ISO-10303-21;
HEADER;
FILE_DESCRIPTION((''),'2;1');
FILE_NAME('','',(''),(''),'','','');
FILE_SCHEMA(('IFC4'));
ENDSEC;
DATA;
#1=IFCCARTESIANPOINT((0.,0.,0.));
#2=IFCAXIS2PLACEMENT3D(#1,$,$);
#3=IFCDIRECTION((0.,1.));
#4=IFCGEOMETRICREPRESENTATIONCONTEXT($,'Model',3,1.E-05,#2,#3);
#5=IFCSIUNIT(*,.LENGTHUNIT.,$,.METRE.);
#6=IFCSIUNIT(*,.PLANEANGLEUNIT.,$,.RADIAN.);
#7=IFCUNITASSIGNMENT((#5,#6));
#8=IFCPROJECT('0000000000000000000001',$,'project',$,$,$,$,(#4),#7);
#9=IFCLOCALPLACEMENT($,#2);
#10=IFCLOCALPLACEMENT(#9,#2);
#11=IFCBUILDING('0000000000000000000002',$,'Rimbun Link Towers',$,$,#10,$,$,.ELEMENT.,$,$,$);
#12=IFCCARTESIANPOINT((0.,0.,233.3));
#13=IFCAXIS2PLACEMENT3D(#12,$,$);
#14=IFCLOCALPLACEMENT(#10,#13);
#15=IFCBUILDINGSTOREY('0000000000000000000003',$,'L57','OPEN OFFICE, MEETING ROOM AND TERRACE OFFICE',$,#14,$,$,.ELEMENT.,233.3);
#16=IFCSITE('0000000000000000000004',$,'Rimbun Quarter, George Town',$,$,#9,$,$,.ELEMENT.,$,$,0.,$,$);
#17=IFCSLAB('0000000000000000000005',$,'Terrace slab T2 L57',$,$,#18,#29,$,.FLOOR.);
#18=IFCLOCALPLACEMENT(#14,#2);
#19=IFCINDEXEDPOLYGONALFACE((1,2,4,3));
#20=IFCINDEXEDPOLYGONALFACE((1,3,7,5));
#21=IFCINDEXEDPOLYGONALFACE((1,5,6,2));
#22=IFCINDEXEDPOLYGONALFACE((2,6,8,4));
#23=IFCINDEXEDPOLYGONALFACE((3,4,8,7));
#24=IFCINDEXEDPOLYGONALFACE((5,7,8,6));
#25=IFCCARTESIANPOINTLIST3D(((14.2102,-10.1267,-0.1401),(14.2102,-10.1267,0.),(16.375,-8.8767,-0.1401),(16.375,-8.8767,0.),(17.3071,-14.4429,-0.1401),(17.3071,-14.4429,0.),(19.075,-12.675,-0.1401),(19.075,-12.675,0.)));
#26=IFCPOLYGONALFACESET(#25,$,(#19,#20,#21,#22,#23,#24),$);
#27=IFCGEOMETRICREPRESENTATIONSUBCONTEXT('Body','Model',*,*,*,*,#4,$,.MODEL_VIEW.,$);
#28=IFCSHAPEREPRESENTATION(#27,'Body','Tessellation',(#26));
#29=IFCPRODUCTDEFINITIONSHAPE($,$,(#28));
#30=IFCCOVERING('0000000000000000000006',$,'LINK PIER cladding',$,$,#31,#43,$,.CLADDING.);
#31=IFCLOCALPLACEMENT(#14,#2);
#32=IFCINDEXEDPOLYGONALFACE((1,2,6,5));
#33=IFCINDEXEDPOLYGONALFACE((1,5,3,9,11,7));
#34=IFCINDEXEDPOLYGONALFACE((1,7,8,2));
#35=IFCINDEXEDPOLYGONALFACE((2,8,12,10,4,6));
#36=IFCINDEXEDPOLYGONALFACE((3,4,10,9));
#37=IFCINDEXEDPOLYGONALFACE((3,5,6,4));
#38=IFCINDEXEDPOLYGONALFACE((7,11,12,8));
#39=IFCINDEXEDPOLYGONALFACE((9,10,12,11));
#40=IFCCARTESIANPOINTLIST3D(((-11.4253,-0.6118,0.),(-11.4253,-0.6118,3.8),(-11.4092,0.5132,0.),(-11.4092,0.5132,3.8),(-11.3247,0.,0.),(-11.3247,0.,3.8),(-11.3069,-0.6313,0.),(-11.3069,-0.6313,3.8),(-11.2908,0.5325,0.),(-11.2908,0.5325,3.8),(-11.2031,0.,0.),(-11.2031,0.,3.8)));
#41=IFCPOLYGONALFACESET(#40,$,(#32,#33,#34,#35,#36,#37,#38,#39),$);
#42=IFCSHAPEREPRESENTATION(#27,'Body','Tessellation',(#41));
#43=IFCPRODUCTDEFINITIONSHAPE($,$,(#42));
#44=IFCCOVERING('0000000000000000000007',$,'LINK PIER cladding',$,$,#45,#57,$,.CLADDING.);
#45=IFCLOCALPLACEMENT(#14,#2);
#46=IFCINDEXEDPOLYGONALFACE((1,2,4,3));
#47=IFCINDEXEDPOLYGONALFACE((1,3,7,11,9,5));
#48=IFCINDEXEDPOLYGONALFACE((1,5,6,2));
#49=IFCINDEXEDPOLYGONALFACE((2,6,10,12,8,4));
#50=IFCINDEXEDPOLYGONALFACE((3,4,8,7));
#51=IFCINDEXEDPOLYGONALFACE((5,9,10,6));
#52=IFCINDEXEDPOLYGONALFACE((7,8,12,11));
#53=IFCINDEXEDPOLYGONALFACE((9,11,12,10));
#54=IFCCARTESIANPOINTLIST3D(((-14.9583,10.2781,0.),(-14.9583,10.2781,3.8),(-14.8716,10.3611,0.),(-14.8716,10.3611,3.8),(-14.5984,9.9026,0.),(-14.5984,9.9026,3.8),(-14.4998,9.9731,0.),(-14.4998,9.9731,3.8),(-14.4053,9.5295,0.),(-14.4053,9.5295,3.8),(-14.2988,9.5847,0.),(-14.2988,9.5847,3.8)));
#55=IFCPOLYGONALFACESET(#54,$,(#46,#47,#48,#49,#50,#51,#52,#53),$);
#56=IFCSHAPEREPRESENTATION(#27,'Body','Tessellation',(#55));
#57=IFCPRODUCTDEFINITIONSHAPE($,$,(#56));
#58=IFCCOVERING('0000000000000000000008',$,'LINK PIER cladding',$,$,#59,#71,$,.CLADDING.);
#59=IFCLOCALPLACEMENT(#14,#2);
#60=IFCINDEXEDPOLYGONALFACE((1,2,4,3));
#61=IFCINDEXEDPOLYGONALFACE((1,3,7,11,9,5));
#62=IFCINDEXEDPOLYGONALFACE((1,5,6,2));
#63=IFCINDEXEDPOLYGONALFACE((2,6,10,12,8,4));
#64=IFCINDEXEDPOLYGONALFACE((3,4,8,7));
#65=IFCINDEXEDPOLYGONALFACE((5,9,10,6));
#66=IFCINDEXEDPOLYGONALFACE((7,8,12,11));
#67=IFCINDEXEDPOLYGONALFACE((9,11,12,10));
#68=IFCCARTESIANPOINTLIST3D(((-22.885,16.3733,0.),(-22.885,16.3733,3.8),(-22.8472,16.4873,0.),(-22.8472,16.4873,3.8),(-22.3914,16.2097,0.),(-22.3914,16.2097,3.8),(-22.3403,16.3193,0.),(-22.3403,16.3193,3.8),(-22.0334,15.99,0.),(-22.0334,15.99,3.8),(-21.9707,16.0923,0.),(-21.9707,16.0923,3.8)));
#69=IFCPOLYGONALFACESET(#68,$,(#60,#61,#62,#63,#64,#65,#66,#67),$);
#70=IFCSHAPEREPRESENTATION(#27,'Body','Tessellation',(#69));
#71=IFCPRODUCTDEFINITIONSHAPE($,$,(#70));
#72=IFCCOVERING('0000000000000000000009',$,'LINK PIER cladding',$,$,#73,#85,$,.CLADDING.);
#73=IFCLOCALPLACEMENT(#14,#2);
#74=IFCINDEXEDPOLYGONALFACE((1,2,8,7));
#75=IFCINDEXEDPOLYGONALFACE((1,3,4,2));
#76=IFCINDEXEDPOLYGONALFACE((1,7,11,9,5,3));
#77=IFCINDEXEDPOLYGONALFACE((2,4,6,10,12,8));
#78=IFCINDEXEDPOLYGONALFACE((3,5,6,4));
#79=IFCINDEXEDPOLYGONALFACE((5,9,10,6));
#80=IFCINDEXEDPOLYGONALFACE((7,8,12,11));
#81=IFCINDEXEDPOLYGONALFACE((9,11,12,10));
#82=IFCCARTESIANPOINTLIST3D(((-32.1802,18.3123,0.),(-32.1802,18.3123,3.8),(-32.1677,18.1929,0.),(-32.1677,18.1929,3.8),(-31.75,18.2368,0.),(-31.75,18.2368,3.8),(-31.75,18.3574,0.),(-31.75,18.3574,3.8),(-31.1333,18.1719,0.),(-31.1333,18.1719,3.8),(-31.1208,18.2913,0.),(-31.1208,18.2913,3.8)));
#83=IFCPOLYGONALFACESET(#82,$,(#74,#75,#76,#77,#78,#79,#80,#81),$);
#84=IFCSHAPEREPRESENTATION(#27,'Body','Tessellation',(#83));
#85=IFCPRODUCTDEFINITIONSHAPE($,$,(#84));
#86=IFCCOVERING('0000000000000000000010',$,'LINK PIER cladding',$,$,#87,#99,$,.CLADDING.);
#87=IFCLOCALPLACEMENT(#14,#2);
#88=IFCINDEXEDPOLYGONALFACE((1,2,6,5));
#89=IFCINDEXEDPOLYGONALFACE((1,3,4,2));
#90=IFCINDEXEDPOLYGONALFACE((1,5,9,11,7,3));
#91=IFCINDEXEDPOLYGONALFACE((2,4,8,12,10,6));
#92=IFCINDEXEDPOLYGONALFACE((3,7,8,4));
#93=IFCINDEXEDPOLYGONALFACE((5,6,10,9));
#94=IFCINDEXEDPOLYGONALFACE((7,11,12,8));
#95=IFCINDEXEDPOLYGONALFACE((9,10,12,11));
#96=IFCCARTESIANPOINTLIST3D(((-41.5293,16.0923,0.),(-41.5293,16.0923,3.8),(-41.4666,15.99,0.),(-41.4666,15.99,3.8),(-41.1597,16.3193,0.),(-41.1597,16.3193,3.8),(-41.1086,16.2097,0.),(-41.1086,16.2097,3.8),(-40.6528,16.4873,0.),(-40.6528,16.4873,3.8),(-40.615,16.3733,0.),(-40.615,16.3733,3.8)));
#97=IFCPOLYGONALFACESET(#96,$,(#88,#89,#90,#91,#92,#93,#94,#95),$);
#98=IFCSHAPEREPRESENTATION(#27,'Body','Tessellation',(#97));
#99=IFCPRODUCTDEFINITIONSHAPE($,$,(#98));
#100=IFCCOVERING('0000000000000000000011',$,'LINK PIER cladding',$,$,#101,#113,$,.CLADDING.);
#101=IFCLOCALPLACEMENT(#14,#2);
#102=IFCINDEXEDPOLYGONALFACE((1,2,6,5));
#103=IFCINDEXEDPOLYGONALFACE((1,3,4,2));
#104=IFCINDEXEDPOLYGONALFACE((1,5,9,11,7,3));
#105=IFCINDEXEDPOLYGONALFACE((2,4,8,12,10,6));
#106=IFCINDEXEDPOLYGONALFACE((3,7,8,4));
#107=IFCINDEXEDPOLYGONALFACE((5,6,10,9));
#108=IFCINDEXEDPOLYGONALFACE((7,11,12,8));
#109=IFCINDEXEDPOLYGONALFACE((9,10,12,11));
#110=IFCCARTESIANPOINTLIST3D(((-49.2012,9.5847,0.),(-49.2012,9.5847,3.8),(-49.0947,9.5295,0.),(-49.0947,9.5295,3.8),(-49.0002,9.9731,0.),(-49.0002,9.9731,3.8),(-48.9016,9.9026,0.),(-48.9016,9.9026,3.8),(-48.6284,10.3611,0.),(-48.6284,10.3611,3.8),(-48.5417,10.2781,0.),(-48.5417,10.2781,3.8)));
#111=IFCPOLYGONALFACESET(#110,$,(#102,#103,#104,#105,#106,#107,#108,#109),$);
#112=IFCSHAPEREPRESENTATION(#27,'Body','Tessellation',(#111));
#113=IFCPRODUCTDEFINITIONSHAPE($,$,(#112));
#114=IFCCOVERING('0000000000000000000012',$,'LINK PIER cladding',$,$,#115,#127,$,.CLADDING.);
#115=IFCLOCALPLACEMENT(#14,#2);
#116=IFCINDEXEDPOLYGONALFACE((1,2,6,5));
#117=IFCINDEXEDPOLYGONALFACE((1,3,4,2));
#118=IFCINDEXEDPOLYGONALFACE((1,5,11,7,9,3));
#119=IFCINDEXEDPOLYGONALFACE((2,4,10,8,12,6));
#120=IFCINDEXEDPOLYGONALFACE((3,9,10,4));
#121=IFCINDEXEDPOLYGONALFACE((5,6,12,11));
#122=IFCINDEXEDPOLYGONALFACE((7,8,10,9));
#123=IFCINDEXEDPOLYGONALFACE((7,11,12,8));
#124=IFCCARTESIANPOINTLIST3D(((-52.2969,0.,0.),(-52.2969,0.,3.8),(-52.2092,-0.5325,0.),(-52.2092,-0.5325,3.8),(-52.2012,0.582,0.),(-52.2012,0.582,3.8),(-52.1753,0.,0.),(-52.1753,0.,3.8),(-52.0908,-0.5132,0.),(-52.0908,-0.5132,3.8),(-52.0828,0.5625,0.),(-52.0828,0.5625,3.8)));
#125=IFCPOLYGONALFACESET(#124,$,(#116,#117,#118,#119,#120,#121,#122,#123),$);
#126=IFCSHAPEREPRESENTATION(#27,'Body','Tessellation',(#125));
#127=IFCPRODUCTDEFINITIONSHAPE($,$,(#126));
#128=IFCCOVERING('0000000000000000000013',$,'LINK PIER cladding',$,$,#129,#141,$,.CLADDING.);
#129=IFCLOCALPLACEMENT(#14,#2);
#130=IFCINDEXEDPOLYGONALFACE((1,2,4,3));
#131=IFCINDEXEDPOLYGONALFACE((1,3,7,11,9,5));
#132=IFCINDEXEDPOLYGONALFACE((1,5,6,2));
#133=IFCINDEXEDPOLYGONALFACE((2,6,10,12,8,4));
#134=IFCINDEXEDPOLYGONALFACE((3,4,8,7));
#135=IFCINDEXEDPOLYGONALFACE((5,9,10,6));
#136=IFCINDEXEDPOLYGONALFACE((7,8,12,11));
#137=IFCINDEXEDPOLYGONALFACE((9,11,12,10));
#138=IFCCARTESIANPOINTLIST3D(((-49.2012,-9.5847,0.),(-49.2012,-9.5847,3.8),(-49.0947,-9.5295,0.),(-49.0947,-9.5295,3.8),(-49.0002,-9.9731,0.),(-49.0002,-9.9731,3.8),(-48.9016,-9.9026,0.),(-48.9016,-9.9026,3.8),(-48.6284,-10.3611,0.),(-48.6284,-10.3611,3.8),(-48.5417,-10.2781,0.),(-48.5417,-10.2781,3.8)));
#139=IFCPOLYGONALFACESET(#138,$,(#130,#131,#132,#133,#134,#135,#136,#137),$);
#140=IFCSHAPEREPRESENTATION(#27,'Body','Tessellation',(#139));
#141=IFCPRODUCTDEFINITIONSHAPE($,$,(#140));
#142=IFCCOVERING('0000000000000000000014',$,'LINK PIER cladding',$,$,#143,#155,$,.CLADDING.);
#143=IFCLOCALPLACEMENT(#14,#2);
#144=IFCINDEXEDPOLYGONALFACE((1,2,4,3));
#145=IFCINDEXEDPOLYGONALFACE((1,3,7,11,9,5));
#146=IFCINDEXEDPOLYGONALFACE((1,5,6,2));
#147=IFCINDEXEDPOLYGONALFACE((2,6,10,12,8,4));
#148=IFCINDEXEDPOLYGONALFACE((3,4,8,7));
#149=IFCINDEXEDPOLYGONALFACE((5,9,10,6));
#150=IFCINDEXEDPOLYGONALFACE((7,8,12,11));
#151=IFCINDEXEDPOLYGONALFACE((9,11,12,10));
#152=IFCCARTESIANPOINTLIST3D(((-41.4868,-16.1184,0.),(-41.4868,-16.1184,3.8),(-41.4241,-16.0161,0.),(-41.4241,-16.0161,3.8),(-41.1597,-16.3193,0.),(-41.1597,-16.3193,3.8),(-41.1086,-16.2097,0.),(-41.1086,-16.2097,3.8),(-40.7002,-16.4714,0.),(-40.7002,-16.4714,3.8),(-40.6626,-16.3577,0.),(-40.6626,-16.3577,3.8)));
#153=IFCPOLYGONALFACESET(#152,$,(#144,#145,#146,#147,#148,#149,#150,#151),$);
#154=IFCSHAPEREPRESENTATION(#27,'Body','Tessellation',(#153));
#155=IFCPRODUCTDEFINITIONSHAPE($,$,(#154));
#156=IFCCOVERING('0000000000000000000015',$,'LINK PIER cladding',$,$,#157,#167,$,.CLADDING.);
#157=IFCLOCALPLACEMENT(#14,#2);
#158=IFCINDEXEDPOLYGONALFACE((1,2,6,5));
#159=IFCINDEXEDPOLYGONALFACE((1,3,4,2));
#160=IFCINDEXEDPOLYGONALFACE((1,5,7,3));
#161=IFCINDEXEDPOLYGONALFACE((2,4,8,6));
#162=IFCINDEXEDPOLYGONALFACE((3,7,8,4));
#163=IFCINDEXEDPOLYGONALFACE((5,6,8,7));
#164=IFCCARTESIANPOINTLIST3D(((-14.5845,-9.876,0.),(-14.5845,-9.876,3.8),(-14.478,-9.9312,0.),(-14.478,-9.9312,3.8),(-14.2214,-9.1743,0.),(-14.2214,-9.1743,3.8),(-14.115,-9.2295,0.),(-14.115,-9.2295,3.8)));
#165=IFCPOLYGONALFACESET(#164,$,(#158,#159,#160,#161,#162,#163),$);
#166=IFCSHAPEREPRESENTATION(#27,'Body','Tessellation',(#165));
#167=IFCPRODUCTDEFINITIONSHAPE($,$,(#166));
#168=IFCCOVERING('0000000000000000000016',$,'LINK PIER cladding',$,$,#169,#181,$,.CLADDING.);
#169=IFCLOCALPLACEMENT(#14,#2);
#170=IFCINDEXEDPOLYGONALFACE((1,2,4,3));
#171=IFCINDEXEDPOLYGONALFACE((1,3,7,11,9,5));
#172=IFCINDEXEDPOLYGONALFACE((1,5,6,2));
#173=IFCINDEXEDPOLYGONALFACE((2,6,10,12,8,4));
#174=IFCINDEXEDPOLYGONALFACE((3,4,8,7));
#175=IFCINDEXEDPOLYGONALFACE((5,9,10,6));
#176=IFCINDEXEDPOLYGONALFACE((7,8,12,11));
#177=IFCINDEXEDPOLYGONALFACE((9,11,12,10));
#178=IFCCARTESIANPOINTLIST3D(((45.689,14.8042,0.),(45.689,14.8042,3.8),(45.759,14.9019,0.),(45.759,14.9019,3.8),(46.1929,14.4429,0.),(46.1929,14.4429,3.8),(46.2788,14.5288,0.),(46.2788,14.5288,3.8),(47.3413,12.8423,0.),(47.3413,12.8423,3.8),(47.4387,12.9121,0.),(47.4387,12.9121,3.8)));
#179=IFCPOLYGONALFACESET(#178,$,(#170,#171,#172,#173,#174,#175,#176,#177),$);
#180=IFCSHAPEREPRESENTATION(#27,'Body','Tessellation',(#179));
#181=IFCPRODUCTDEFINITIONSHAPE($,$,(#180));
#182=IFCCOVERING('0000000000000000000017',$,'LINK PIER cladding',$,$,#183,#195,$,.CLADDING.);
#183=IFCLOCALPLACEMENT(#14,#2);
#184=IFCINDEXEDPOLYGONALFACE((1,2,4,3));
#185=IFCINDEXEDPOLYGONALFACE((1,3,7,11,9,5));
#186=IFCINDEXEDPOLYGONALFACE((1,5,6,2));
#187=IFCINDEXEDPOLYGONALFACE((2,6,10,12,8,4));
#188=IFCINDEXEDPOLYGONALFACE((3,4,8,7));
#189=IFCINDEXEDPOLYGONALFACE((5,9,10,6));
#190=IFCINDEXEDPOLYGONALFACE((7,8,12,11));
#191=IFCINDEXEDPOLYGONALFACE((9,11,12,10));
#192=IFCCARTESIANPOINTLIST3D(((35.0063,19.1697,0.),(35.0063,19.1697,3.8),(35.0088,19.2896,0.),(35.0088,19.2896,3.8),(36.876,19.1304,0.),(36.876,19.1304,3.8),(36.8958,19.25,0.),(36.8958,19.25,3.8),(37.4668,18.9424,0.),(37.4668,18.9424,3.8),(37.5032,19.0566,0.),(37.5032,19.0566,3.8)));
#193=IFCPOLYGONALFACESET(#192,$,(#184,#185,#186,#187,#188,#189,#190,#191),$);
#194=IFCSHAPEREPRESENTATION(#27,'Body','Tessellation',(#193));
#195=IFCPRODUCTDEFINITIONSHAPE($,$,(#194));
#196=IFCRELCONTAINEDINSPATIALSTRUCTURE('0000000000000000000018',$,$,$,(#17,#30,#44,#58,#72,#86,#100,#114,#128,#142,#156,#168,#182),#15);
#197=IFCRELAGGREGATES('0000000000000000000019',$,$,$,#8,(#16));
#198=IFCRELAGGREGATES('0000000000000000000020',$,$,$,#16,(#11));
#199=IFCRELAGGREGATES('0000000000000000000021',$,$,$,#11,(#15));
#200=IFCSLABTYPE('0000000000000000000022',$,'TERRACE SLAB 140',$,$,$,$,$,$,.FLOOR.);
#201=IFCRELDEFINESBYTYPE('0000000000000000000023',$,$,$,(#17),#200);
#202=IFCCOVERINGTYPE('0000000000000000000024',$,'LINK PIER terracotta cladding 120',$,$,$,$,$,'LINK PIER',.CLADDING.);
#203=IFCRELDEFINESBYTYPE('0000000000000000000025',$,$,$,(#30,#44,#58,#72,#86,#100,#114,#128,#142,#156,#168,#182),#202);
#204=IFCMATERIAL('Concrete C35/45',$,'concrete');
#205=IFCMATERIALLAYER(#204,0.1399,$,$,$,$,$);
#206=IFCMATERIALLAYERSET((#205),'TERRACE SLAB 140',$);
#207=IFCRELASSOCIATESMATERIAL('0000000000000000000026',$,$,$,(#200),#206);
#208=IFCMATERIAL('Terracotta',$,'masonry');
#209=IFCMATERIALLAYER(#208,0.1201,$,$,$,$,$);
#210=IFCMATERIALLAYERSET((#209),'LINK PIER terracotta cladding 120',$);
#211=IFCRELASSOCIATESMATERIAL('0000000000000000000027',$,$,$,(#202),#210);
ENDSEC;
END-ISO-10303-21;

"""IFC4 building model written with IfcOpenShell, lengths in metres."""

from ifc_helpers import new_model, si_unit, direction, frame, origin, place, context, subcontext, project, spatial, polyline, outline, extrude, material, layer, layer_set, type_object, element, save


model = new_model("IFC4")

# Units and contexts
model_context = context("Model", 3, precision=1e-05, world=origin(), true_north=direction((0.0, 1.0)))
body_context = subcontext(model_context, "Body", "Model", "MODEL_VIEW")
ifc_project = project(units=[si_unit("LENGTHUNIT", "METRE"), si_unit("PLANEANGLEUNIT", "RADIAN")], contexts=[model_context])

# Site, building, storey
site_placement = place(None, origin())
site = spatial("IfcSite", under=ifc_project, at=site_placement, Name="Rimbun Quarter, George Town", CompositionType="ELEMENT", RefElevation=0.0)
building_placement = place(site_placement, origin())
building = spatial("IfcBuilding", under=site, at=building_placement, Name="Rimbun Link Towers", CompositionType="ELEMENT")
storey_placement = place(building_placement, frame((0.0, 0.0, 233.3)))
storey = spatial("IfcBuildingStorey", under=building, at=storey_placement, Name="L57", Description="OPEN OFFICE, MEETING ROOM AND TERRACE OFFICE", CompositionType="ELEMENT", Elevation=233.3)

# Slab
ifc_material_1 = material(Name="Concrete C35/45", Category="concrete")
ifc_layer_1 = layer(ifc_material_1, 0.1399)
ifc_layer_set_1 = layer_set([ifc_layer_1], Name="TERRACE SLAB 140")
slab_type_1 = type_object("IfcSlabType", Name="TERRACE SLAB 140", PredefinedType="FLOOR", material=ifc_layer_set_1)
slab_1_placement = place(storey_placement, frame((0.0, 0.0, -0.1401)))
element("IfcSlab", 1, at=slab_1_placement, inside=storey, type_object=slab_type_1, Name="Terrace slab T2 L57", PredefinedType="FLOOR", context=body_context, shape_type="SweptSolid", body=[
    extrude(outline(polyline([(16.375, -8.8767), (19.075, -12.675), (17.3071, -14.4429), (14.2102, -10.1267), (16.375, -8.8767)])), origin(), (0.0, 0.0, 1.0), 0.1401),
])

# Coverings
ifc_material_2 = material(Name="Terracotta", Category="masonry")
ifc_layer_2 = layer(ifc_material_2, 0.1201)
ifc_layer_set_2 = layer_set([ifc_layer_2], Name="LINK PIER terracotta cladding 120")
covering_type = type_object("IfcCoveringType", Name="LINK PIER terracotta cladding 120", ElementType="LINK PIER", PredefinedType="CLADDING", material=ifc_layer_set_2)
covering_1_placement = place(storey_placement, origin())
element("IfcCovering", 2, at=covering_1_placement, inside=storey, type_object=covering_type, Name="LINK PIER cladding", PredefinedType="CLADDING", context=body_context, shape_type="SweptSolid", body=[
    extrude(outline(polyline([(-11.4092, 0.5132), (-11.3247, 0.0), (-11.4253, -0.6118), (-11.3069, -0.6313), (-11.2031, 0.0), (-11.2908, 0.5325), (-11.4092, 0.5132)])), origin(), (0.0, 0.0, 1.0), 3.8),
])
covering_2_placement = place(storey_placement, origin())
element("IfcCovering", 3, at=covering_2_placement, inside=storey, type_object=covering_type, Name="LINK PIER cladding", PredefinedType="CLADDING", context=body_context, shape_type="SweptSolid", body=[
    extrude(outline(polyline([(-14.9583, 10.2781), (-14.5984, 9.9026), (-14.4053, 9.5295), (-14.2988, 9.5847), (-14.4998, 9.9731), (-14.8716, 10.3611), (-14.9583, 10.2781)])), origin(), (0.0, 0.0, 1.0), 3.8),
])
covering_3_placement = place(storey_placement, origin())
element("IfcCovering", 4, at=covering_3_placement, inside=storey, type_object=covering_type, Name="LINK PIER cladding", PredefinedType="CLADDING", context=body_context, shape_type="SweptSolid", body=[
    extrude(outline(polyline([(-22.885, 16.3733), (-22.3914, 16.2097), (-22.0334, 15.99), (-21.9707, 16.0923), (-22.3403, 16.3193), (-22.8472, 16.4873), (-22.885, 16.3733)])), origin(), (0.0, 0.0, 1.0), 3.8),
])
covering_4_placement = place(storey_placement, origin())
element("IfcCovering", 5, at=covering_4_placement, inside=storey, type_object=covering_type, Name="LINK PIER cladding", PredefinedType="CLADDING", context=body_context, shape_type="SweptSolid", body=[
    extrude(outline(polyline([(-32.1677, 18.1929), (-31.75, 18.2368), (-31.1333, 18.1719), (-31.1208, 18.2913), (-31.75, 18.3574), (-32.1802, 18.3123), (-32.1677, 18.1929)])), origin(), (0.0, 0.0, 1.0), 3.8),
])
covering_5_placement = place(storey_placement, origin())
element("IfcCovering", 6, at=covering_5_placement, inside=storey, type_object=covering_type, Name="LINK PIER cladding", PredefinedType="CLADDING", context=body_context, shape_type="SweptSolid", body=[
    extrude(outline(polyline([(-41.4666, 15.99), (-41.1086, 16.2097), (-40.615, 16.3733), (-40.6528, 16.4873), (-41.1597, 16.3193), (-41.5293, 16.0923), (-41.4666, 15.99)])), origin(), (0.0, 0.0, 1.0), 3.8),
])
covering_6_placement = place(storey_placement, origin())
element("IfcCovering", 7, at=covering_6_placement, inside=storey, type_object=covering_type, Name="LINK PIER cladding", PredefinedType="CLADDING", context=body_context, shape_type="SweptSolid", body=[
    extrude(outline(polyline([(-49.0947, 9.5295), (-48.9016, 9.9026), (-48.5417, 10.2781), (-48.6284, 10.3611), (-49.0002, 9.9731), (-49.2012, 9.5847), (-49.0947, 9.5295)])), origin(), (0.0, 0.0, 1.0), 3.8),
])
covering_7_placement = place(storey_placement, origin())
element("IfcCovering", 8, at=covering_7_placement, inside=storey, type_object=covering_type, Name="LINK PIER cladding", PredefinedType="CLADDING", context=body_context, shape_type="SweptSolid", body=[
    extrude(outline(polyline([(-52.0908, -0.5132), (-52.1753, 0.0), (-52.0828, 0.5625), (-52.2012, 0.582), (-52.2969, 0.0), (-52.2092, -0.5325), (-52.0908, -0.5132)])), origin(), (0.0, 0.0, 1.0), 3.8),
])
covering_8_placement = place(storey_placement, origin())
element("IfcCovering", 9, at=covering_8_placement, inside=storey, type_object=covering_type, Name="LINK PIER cladding", PredefinedType="CLADDING", context=body_context, shape_type="SweptSolid", body=[
    extrude(outline(polyline([(-48.5417, -10.2781), (-48.9016, -9.9026), (-49.0947, -9.5295), (-49.2012, -9.5847), (-49.0002, -9.9731), (-48.6284, -10.3611), (-48.5417, -10.2781)])), origin(), (0.0, 0.0, 1.0), 3.8),
])
covering_9_placement = place(storey_placement, origin())
element("IfcCovering", 10, at=covering_9_placement, inside=storey, type_object=covering_type, Name="LINK PIER cladding", PredefinedType="CLADDING", context=body_context, shape_type="SweptSolid", body=[
    extrude(outline(polyline([(-40.6626, -16.3577), (-41.1086, -16.2097), (-41.4241, -16.0161), (-41.4868, -16.1184), (-41.1597, -16.3193), (-40.7002, -16.4714), (-40.6626, -16.3577)])), origin(), (0.0, 0.0, 1.0), 3.8),
])
covering_10_placement = place(storey_placement, origin())
element("IfcCovering", 11, at=covering_10_placement, inside=storey, type_object=covering_type, Name="LINK PIER cladding", PredefinedType="CLADDING", context=body_context, shape_type="SweptSolid", body=[
    extrude(outline(polyline([(-14.2214, -9.1743), (-14.5845, -9.876), (-14.478, -9.9312), (-14.115, -9.2295), (-14.2214, -9.1743)])), origin(), (0.0, 0.0, 1.0), 3.8),
])
covering_11_placement = place(storey_placement, origin())
element("IfcCovering", 12, at=covering_11_placement, inside=storey, type_object=covering_type, Name="LINK PIER cladding", PredefinedType="CLADDING", context=body_context, shape_type="SweptSolid", body=[
    extrude(outline(polyline([(45.689, 14.8042), (46.1929, 14.4429), (47.3413, 12.8423), (47.4387, 12.9121), (46.2788, 14.5288), (45.759, 14.9019), (45.689, 14.8042)])), origin(), (0.0, 0.0, 1.0), 3.8),
])
covering_12_placement = place(storey_placement, origin())
element("IfcCovering", 13, at=covering_12_placement, inside=storey, type_object=covering_type, Name="LINK PIER cladding", PredefinedType="CLADDING", context=body_context, shape_type="SweptSolid", body=[
    extrude(outline(polyline([(35.0063, 19.1697), (36.876, 19.1304), (37.4668, 18.9424), (37.5032, 19.0566), (36.8958, 19.25), (35.0088, 19.2896), (35.0063, 19.1697)])), origin(), (0.0, 0.0, 1.0), 3.8),
])

save(model, "model.ifc")
